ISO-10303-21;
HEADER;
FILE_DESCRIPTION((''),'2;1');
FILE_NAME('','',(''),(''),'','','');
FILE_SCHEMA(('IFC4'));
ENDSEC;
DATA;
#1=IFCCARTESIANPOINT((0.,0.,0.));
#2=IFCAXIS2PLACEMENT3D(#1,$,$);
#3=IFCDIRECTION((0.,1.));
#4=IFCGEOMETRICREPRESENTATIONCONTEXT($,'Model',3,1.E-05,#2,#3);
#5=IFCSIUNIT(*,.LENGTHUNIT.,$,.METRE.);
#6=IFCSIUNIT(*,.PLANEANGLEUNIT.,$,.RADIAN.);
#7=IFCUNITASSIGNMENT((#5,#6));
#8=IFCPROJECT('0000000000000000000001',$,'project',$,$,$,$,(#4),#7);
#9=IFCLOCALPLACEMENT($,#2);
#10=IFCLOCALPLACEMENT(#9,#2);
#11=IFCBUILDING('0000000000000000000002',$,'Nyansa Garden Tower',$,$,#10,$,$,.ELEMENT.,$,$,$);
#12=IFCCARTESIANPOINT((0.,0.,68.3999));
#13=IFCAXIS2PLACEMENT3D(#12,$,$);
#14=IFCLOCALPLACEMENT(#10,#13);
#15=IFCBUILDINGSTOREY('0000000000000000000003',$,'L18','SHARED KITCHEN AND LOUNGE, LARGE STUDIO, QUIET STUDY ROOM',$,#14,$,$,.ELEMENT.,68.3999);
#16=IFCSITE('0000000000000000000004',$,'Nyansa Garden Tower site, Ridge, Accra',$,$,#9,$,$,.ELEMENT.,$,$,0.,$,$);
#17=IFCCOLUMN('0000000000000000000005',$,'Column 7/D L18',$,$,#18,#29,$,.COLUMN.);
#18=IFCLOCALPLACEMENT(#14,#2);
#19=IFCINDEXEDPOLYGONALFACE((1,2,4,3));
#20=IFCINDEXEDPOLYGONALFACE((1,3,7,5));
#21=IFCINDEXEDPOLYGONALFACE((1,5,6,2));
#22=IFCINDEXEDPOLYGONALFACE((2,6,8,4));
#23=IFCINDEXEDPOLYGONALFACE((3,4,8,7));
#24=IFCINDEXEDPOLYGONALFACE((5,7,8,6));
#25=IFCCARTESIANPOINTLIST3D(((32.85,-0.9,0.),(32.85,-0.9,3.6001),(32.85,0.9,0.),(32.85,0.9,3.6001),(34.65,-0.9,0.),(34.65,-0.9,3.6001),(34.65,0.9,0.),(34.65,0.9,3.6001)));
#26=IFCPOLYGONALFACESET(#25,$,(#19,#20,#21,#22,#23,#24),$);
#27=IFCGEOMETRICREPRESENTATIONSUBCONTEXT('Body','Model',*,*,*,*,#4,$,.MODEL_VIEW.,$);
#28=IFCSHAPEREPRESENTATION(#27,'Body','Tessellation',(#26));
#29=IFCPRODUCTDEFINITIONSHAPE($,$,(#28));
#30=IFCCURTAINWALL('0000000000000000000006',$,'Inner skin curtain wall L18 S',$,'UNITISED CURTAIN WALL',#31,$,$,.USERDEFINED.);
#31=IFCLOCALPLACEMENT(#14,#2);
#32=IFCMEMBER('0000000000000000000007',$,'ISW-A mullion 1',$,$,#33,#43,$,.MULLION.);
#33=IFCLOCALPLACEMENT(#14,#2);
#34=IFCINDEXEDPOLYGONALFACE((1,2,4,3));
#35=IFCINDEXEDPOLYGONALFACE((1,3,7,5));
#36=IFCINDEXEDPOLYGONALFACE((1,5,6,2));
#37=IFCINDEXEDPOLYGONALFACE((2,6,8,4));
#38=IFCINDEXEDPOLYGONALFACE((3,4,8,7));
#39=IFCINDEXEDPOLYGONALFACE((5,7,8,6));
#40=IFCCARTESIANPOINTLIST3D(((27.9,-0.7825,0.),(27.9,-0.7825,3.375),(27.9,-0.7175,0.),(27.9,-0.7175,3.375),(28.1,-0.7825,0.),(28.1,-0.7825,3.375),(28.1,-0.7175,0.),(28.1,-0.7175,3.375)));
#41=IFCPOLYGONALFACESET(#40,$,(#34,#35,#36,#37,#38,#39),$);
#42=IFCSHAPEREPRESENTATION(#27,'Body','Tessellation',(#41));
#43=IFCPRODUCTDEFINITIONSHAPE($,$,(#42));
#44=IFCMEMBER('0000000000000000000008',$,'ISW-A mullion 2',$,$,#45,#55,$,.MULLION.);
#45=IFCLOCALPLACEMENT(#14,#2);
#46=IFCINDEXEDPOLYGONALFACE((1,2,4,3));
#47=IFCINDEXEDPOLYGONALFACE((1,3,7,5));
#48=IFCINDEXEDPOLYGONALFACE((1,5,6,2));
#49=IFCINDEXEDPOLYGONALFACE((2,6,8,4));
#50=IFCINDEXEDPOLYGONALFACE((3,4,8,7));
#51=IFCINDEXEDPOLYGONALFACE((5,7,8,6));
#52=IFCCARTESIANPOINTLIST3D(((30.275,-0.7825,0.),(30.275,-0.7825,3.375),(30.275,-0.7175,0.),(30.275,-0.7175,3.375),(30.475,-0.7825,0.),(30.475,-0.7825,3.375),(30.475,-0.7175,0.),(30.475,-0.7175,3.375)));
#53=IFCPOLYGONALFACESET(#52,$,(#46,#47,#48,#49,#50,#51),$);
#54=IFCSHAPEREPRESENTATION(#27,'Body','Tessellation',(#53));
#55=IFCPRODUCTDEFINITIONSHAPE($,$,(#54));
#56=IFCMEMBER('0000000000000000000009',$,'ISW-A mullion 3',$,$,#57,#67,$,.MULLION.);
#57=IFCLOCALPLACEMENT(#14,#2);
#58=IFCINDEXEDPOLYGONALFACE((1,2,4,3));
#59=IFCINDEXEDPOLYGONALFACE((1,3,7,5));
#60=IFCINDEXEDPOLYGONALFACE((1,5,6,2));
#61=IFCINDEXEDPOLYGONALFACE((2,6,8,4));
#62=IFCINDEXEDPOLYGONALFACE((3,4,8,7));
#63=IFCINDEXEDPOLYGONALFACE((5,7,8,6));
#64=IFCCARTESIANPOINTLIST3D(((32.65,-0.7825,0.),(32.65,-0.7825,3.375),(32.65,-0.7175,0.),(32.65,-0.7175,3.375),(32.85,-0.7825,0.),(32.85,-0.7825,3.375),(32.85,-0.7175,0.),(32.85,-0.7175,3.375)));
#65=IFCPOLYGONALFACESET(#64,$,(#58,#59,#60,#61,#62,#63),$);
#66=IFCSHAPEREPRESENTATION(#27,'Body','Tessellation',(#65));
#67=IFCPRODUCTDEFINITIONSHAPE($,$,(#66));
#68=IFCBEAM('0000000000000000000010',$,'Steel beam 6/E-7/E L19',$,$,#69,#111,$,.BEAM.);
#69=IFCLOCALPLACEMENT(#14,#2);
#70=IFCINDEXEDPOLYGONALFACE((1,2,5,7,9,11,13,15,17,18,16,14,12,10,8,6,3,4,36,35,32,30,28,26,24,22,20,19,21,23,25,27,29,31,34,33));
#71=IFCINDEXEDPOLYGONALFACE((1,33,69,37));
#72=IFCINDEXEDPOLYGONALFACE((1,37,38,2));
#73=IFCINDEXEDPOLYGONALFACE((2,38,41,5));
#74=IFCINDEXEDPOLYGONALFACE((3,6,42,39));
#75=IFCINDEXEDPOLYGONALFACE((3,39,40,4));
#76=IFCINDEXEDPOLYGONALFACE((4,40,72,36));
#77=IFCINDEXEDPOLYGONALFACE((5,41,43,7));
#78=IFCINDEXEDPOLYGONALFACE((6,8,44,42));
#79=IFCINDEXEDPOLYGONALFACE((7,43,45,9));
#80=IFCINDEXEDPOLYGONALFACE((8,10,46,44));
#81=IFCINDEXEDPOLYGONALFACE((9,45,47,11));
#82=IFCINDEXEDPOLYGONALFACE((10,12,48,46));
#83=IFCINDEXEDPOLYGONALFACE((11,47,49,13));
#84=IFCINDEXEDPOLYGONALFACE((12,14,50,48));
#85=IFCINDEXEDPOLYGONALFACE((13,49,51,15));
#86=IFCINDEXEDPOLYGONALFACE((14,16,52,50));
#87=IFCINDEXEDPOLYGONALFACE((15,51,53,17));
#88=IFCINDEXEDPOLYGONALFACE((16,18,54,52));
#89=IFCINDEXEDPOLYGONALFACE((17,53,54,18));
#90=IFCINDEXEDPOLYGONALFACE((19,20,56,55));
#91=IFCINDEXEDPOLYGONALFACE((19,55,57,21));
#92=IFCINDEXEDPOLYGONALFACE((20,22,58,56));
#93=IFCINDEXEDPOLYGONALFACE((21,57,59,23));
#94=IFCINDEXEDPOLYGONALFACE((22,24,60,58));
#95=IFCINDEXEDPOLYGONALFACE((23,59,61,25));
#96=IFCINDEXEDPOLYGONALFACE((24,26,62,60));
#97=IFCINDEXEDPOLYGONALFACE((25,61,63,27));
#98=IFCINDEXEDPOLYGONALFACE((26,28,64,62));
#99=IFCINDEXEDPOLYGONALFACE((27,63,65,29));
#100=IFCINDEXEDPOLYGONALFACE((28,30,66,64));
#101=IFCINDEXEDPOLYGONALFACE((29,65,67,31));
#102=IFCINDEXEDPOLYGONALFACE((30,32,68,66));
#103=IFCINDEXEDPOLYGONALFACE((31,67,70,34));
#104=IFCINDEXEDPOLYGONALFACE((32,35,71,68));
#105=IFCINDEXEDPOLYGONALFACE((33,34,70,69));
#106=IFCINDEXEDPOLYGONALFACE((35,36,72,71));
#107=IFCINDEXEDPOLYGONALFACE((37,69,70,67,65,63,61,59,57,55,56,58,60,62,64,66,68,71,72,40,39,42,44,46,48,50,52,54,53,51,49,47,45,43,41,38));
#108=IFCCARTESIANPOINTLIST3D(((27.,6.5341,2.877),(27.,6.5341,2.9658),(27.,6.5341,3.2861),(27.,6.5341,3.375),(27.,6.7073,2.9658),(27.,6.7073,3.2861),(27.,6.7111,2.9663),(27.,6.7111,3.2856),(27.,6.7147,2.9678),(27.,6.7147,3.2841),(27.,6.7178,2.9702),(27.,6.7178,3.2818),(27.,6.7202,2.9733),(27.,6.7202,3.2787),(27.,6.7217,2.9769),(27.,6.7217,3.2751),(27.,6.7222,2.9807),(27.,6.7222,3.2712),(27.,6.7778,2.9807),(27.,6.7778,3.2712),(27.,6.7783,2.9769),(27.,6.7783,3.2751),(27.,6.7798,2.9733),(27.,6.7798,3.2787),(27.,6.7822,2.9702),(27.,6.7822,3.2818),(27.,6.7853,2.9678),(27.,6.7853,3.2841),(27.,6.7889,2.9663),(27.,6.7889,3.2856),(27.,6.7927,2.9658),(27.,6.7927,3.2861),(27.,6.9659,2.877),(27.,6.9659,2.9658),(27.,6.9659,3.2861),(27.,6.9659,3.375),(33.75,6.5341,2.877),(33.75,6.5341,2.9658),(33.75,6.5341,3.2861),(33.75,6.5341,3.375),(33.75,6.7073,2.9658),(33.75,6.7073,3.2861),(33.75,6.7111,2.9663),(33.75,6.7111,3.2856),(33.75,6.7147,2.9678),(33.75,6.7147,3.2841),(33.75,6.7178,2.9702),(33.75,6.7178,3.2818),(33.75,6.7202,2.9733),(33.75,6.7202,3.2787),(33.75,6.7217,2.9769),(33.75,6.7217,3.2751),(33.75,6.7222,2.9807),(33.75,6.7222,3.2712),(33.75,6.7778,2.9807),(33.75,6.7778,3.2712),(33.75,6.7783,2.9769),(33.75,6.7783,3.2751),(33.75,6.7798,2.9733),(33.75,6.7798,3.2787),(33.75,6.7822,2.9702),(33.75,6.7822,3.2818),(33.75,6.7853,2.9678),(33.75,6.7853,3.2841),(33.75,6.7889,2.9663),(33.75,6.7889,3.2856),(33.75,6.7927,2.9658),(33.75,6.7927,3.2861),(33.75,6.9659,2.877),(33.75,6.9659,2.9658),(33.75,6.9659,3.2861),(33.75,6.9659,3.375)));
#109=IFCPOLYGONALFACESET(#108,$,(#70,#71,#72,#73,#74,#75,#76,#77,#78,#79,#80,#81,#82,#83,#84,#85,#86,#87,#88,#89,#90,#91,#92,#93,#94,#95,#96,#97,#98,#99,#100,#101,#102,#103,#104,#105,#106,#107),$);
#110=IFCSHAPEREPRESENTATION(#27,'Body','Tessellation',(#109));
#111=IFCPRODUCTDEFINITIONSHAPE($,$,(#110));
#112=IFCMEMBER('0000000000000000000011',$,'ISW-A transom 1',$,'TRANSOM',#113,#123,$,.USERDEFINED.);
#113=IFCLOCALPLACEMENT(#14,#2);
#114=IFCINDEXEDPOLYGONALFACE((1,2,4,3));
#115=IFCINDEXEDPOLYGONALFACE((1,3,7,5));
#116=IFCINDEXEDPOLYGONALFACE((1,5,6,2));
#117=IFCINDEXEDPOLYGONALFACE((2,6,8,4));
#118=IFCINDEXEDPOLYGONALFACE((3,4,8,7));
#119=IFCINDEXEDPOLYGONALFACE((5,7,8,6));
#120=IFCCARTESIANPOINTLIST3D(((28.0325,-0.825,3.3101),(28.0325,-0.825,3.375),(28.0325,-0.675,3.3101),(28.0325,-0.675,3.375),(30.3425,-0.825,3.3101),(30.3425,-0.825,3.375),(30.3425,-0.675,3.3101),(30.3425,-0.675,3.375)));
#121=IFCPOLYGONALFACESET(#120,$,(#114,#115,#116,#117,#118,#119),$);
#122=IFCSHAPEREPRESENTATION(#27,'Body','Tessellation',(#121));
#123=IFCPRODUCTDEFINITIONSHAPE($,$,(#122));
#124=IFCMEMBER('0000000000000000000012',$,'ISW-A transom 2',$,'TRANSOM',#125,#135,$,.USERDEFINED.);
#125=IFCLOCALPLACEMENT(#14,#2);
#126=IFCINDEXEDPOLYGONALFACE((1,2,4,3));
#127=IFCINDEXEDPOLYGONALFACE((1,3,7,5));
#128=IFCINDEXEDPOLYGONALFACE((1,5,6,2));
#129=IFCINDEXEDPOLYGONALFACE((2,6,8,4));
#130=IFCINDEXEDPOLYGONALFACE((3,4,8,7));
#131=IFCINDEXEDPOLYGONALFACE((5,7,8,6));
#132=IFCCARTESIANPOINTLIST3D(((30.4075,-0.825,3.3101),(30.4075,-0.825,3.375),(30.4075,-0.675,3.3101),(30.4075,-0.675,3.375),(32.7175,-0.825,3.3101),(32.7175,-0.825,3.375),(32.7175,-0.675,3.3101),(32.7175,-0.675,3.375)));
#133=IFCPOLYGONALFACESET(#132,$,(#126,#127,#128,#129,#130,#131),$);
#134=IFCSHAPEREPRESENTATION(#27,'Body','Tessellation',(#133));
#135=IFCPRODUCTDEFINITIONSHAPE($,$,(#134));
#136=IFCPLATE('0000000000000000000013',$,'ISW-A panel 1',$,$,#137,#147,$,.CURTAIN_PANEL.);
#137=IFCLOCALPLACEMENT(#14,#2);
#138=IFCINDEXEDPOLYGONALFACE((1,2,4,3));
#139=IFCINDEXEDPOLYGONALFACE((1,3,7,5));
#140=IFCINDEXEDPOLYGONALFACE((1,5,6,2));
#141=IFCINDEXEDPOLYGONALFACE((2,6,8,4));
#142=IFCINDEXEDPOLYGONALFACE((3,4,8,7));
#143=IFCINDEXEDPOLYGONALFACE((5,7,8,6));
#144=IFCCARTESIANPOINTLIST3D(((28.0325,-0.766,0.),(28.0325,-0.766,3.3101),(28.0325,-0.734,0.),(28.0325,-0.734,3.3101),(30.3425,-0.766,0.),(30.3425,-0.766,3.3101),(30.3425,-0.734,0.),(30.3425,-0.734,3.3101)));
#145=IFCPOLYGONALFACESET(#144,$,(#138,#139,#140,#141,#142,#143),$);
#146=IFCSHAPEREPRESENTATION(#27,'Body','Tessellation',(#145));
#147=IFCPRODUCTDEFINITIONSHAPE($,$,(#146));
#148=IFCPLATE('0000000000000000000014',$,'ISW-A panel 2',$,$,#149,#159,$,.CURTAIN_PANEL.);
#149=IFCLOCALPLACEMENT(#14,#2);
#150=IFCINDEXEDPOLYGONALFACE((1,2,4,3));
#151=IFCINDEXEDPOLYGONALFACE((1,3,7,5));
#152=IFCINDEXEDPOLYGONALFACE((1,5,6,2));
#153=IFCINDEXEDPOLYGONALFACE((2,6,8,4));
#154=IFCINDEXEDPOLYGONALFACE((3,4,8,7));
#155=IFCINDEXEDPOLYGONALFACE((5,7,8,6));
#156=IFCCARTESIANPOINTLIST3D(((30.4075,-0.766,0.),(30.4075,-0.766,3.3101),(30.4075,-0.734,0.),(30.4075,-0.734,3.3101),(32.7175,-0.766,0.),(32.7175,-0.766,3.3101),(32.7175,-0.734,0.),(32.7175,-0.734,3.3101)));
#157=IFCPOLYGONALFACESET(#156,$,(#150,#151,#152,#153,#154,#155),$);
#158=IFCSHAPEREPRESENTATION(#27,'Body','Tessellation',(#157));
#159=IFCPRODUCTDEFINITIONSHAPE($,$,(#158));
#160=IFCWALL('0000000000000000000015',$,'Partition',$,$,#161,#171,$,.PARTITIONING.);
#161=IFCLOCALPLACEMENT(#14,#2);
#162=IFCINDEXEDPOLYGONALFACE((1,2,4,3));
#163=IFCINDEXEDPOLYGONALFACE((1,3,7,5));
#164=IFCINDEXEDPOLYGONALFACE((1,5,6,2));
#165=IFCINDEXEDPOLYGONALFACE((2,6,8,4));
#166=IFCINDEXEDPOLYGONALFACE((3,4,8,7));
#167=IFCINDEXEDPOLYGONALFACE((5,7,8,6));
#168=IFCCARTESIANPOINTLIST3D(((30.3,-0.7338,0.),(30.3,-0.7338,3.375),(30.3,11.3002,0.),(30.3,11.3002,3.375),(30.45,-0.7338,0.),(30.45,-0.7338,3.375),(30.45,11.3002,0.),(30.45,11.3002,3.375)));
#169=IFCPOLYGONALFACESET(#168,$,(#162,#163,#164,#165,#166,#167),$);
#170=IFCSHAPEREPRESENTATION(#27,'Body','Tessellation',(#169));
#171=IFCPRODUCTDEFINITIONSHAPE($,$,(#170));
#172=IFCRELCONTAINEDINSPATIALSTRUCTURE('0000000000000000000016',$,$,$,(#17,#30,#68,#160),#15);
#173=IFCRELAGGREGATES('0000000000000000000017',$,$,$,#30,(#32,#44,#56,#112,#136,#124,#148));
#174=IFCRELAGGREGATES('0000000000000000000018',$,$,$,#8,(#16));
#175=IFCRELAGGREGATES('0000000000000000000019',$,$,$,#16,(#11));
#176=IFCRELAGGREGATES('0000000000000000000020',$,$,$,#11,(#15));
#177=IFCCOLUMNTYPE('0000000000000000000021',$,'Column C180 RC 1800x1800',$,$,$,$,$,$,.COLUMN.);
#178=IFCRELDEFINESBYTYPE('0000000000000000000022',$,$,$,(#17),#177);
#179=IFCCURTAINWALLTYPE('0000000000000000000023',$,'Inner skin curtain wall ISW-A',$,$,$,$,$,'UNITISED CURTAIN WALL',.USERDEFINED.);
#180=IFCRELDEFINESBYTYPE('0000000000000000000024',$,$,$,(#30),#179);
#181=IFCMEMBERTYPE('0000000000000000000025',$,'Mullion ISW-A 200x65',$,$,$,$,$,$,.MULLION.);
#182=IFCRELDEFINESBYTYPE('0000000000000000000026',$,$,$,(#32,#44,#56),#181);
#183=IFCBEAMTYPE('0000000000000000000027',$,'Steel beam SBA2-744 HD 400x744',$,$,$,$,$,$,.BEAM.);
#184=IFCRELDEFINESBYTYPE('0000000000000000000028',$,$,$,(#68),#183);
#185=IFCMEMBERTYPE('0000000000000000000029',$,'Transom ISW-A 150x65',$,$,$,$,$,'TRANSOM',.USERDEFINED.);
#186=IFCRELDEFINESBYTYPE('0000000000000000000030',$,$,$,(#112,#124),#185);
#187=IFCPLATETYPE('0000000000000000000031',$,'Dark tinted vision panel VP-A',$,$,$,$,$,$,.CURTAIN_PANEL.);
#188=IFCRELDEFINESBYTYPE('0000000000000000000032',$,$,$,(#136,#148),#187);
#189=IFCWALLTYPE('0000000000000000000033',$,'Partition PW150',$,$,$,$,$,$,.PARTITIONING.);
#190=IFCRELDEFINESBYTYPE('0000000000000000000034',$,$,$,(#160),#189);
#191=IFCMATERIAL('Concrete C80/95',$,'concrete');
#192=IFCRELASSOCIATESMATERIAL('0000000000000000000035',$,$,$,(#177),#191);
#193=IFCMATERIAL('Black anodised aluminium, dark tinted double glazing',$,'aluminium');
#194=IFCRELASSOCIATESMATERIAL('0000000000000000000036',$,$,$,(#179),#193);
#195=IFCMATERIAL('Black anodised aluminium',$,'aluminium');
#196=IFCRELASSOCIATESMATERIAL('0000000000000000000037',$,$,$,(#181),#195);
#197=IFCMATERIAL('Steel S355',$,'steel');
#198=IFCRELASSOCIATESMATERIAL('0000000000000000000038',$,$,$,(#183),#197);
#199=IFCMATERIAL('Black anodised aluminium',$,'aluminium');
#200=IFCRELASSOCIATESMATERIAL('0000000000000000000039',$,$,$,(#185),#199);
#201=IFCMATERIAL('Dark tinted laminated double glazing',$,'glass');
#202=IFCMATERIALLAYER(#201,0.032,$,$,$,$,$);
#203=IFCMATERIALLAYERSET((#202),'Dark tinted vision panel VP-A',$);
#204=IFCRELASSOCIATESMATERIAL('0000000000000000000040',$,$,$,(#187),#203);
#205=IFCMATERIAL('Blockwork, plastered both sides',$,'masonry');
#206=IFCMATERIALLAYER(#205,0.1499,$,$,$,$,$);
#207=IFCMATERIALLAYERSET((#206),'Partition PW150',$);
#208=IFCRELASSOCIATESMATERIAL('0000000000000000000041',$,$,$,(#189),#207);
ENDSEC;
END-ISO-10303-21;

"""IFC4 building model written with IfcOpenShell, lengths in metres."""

from ifc_helpers import new_model, si_unit, direction, frame, frame_2d, origin, origin_2d, place, context, subcontext, project, spatial, rectangle, i_section, extrude, material, layer, layer_set, material_profile, profile_set, type_object, element, aggregate, save


model = new_model("IFC4")

# Units and contexts
model_context = context("Model", 3, precision=1e-05, world=origin(), true_north=direction((0.0, 1.0)))
body_context = subcontext(model_context, "Body", "Model", "MODEL_VIEW")
ifc_project = project(units=[si_unit("LENGTHUNIT", "METRE"), si_unit("PLANEANGLEUNIT", "RADIAN")], contexts=[model_context])

# Site, building, storey
site_placement = place(None, origin())
site = spatial("IfcSite", under=ifc_project, at=site_placement, Name="Nyansa Garden Tower site, Ridge, Accra", CompositionType="ELEMENT", RefElevation=0.0)
building_placement = place(site_placement, origin())
building = spatial("IfcBuilding", under=site, at=building_placement, Name="Nyansa Garden Tower", CompositionType="ELEMENT")
storey_placement = place(building_placement, frame((0.0, 0.0, 68.3999)))
storey = spatial("IfcBuildingStorey", under=building, at=storey_placement, Name="L18", Description="SHARED KITCHEN AND LOUNGE, LARGE STUDIO, QUIET STUDY ROOM", CompositionType="ELEMENT", Elevation=68.3999)

# Column
ifc_material_1 = material(Name="Concrete C80/95", Category="concrete")
ifc_material_profile_1 = material_profile(ifc_material_1, rectangle(XDim=1.8, YDim=1.8, at=origin_2d()), Name="RC 1800x1800")
ifc_profile_set_1 = profile_set([ifc_material_profile_1], Name="Concrete C80/95")
column_type = type_object("IfcColumnType", Name="Column C180 RC 1800x1800", PredefinedType="COLUMN", material=ifc_profile_set_1)
column_placement = place(storey_placement, frame((33.75, 0.0, 0.0), z_axis=(0.0, 0.0, 1.0), x_axis=(1.0, 0.0, 0.0)))
element("IfcColumn", 1, at=column_placement, inside=storey, type_object=column_type, Name="Column 7/D L18", PredefinedType="COLUMN", context=body_context, shape_type="SweptSolid", body=[
    extrude(rectangle(XDim=1.8, YDim=1.8, at=origin_2d()), origin(), (0.0, 0.0, 1.0), 3.6001),
])

# Curtain wall, members
ifc_material_2 = material(Name="Black anodised aluminium, dark tinted double glazing", Category="aluminium")
curtain_wall_type = type_object("IfcCurtainWallType", Name="Inner skin curtain wall ISW-A", ElementType="UNITISED CURTAIN WALL", PredefinedType="USERDEFINED", material=ifc_material_2)
curtain_wall_placement = place(storey_placement, origin())
curtain_wall = element("IfcCurtainWall", 2, at=curtain_wall_placement, inside=storey, type_object=curtain_wall_type, Name="Inner skin curtain wall L18 S", ObjectType="UNITISED CURTAIN WALL", PredefinedType="USERDEFINED")
ifc_material_3 = material(Name="Black anodised aluminium", Category="aluminium")
ifc_material_profile_2 = material_profile(ifc_material_3, rectangle(XDim=0.0649, YDim=0.2, at=origin_2d()), Name="Mullion 200x65")
ifc_profile_set_2 = profile_set([ifc_material_profile_2], Name="Black anodised aluminium")
member_type_1 = type_object("IfcMemberType", Name="Mullion ISW-A 200x65", PredefinedType="MULLION", material=ifc_profile_set_2)
member_1_placement = place(storey_placement, frame((28.0, -0.75, 0.0), z_axis=(0.0, 0.0, 1.0), x_axis=(0.0, 1.0, 0.0)))
member_1 = element("IfcMember", 3, at=member_1_placement, type_object=member_type_1, Name="ISW-A mullion 1", PredefinedType="MULLION", context=body_context, shape_type="SweptSolid", body=[
    extrude(rectangle(XDim=0.0649, YDim=0.2, at=origin_2d()), origin(), (0.0, 0.0, 1.0), 3.375),
])
member_2_placement = place(storey_placement, frame((30.375, -0.75, 0.0), z_axis=(0.0, 0.0, 1.0), x_axis=(0.0, 1.0, 0.0)))
member_2 = element("IfcMember", 4, at=member_2_placement, type_object=member_type_1, Name="ISW-A mullion 2", PredefinedType="MULLION", context=body_context, shape_type="SweptSolid", body=[
    extrude(rectangle(XDim=0.0649, YDim=0.2, at=origin_2d()), origin(), (0.0, 0.0, 1.0), 3.375),
])
member_3_placement = place(storey_placement, frame((32.75, -0.75, 0.0), z_axis=(0.0, 0.0, 1.0), x_axis=(0.0, 1.0, 0.0)))
member_3 = element("IfcMember", 5, at=member_3_placement, type_object=member_type_1, Name="ISW-A mullion 3", PredefinedType="MULLION", context=body_context, shape_type="SweptSolid", body=[
    extrude(rectangle(XDim=0.0649, YDim=0.2, at=origin_2d()), origin(), (0.0, 0.0, 1.0), 3.375),
])

# Beam
ifc_material_4 = material(Name="Steel S355", Category="steel")
ifc_material_profile_3 = material_profile(ifc_material_4, i_section(OverallWidth=0.4319, OverallDepth=0.498, WebThickness=0.0557, FlangeThickness=0.0889, FilletRadius=0.0149, at=origin_2d()), Name="HD 400x744")
ifc_profile_set_3 = profile_set([ifc_material_profile_3], Name="Steel S355")
beam_type = type_object("IfcBeamType", Name="Steel beam SBA2-744 HD 400x744", PredefinedType="BEAM", material=ifc_profile_set_3)
beam_placement = place(storey_placement, frame((27.0, 6.75, 3.126), z_axis=(1.0, 0.0, 0.0), x_axis=(0.0, 1.0, 0.0)))
element("IfcBeam", 6, at=beam_placement, inside=storey, type_object=beam_type, Name="Steel beam 6/E-7/E L19", PredefinedType="BEAM", context=body_context, shape_type="SweptSolid", body=[
    extrude(i_section(OverallWidth=0.4319, OverallDepth=0.498, WebThickness=0.0557, FlangeThickness=0.0889, FilletRadius=0.0149, at=origin_2d()), origin(), (0.0, 0.0, 1.0), 6.75),
])

# Members
ifc_material_5 = material(Name="Black anodised aluminium", Category="aluminium")
ifc_material_profile_4 = material_profile(ifc_material_5, rectangle(XDim=0.1499, YDim=0.0649, at=origin_2d()), Name="Transom 150x65")
ifc_profile_set_4 = profile_set([ifc_material_profile_4], Name="Black anodised aluminium")
member_type_2 = type_object("IfcMemberType", Name="Transom ISW-A 150x65", ElementType="TRANSOM", PredefinedType="USERDEFINED", material=ifc_profile_set_4)
member_4_placement = place(storey_placement, frame((28.0325, -0.75, 3.3425), z_axis=(1.0, 0.0, 0.0), x_axis=(0.0, 1.0, 0.0)))
member_4 = element("IfcMember", 7, at=member_4_placement, type_object=member_type_2, Name="ISW-A transom 1", ObjectType="TRANSOM", PredefinedType="USERDEFINED", context=body_context, shape_type="SweptSolid", body=[
    extrude(rectangle(XDim=0.1499, YDim=0.0649, at=origin_2d()), origin(), (0.0, 0.0, 1.0), 2.3101),
])
member_5_placement = place(storey_placement, frame((30.4075, -0.75, 3.3425), z_axis=(1.0, 0.0, 0.0), x_axis=(0.0, 1.0, 0.0)))
member_5 = element("IfcMember", 8, at=member_5_placement, type_object=member_type_2, Name="ISW-A transom 2", ObjectType="TRANSOM", PredefinedType="USERDEFINED", context=body_context, shape_type="SweptSolid", body=[
    extrude(rectangle(XDim=0.1499, YDim=0.0649, at=origin_2d()), origin(), (0.0, 0.0, 1.0), 2.3101),
])

# Plates
ifc_material_6 = material(Name="Dark tinted laminated double glazing", Category="glass")
ifc_layer_1 = layer(ifc_material_6, 0.032)
ifc_layer_set_1 = layer_set([ifc_layer_1], Name="Dark tinted vision panel VP-A")
plate_type = type_object("IfcPlateType", Name="Dark tinted vision panel VP-A", PredefinedType="CURTAIN_PANEL", material=ifc_layer_set_1)
plate_1_placement = place(storey_placement, frame((29.1875, -0.75, 0.0), z_axis=(0.0, 0.0, 1.0), x_axis=(1.0, 0.0, 0.0)))
plate_1 = element("IfcPlate", 9, at=plate_1_placement, type_object=plate_type, Name="ISW-A panel 1", PredefinedType="CURTAIN_PANEL", context=body_context, shape_type="SweptSolid", body=[
    extrude(rectangle(XDim=2.3101, YDim=0.032, at=origin_2d()), origin(), (0.0, 0.0, 1.0), 3.3101),
])
plate_2_placement = place(storey_placement, frame((31.5625, -0.75, 0.0), z_axis=(0.0, 0.0, 1.0), x_axis=(1.0, 0.0, 0.0)))
plate_2 = element("IfcPlate", 10, at=plate_2_placement, type_object=plate_type, Name="ISW-A panel 2", PredefinedType="CURTAIN_PANEL", context=body_context, shape_type="SweptSolid", body=[
    extrude(rectangle(XDim=2.3101, YDim=0.032, at=origin_2d()), origin(), (0.0, 0.0, 1.0), 3.3101),
])
aggregate(curtain_wall, [member_1, member_2, member_3, member_4, plate_1, member_5, plate_2])

# Wall
ifc_material_7 = material(Name="Blockwork, plastered both sides", Category="masonry")
ifc_layer_2 = layer(ifc_material_7, 0.1499)
ifc_layer_set_2 = layer_set([ifc_layer_2], Name="Partition PW150")
wall_type_1 = type_object("IfcWallType", Name="Partition PW150", PredefinedType="PARTITIONING", material=ifc_layer_set_2)
wall_1_placement = place(storey_placement, frame((30.375, -0.7339, 0.0), z_axis=(0.0, 0.0, 1.0), x_axis=(0.0, 1.0, 0.0)))
element("IfcWall", 11, at=wall_1_placement, inside=storey, type_object=wall_type_1, Name="Partition", PredefinedType="PARTITIONING", context=body_context, shape_type="SweptSolid", body=[
    extrude(rectangle(XDim=12.0339, YDim=0.1499, at=frame_2d((6.0171, 0.0))), origin(), (0.0, 0.0, 1.0), 3.375),
])

save(model, "model.ifc")
